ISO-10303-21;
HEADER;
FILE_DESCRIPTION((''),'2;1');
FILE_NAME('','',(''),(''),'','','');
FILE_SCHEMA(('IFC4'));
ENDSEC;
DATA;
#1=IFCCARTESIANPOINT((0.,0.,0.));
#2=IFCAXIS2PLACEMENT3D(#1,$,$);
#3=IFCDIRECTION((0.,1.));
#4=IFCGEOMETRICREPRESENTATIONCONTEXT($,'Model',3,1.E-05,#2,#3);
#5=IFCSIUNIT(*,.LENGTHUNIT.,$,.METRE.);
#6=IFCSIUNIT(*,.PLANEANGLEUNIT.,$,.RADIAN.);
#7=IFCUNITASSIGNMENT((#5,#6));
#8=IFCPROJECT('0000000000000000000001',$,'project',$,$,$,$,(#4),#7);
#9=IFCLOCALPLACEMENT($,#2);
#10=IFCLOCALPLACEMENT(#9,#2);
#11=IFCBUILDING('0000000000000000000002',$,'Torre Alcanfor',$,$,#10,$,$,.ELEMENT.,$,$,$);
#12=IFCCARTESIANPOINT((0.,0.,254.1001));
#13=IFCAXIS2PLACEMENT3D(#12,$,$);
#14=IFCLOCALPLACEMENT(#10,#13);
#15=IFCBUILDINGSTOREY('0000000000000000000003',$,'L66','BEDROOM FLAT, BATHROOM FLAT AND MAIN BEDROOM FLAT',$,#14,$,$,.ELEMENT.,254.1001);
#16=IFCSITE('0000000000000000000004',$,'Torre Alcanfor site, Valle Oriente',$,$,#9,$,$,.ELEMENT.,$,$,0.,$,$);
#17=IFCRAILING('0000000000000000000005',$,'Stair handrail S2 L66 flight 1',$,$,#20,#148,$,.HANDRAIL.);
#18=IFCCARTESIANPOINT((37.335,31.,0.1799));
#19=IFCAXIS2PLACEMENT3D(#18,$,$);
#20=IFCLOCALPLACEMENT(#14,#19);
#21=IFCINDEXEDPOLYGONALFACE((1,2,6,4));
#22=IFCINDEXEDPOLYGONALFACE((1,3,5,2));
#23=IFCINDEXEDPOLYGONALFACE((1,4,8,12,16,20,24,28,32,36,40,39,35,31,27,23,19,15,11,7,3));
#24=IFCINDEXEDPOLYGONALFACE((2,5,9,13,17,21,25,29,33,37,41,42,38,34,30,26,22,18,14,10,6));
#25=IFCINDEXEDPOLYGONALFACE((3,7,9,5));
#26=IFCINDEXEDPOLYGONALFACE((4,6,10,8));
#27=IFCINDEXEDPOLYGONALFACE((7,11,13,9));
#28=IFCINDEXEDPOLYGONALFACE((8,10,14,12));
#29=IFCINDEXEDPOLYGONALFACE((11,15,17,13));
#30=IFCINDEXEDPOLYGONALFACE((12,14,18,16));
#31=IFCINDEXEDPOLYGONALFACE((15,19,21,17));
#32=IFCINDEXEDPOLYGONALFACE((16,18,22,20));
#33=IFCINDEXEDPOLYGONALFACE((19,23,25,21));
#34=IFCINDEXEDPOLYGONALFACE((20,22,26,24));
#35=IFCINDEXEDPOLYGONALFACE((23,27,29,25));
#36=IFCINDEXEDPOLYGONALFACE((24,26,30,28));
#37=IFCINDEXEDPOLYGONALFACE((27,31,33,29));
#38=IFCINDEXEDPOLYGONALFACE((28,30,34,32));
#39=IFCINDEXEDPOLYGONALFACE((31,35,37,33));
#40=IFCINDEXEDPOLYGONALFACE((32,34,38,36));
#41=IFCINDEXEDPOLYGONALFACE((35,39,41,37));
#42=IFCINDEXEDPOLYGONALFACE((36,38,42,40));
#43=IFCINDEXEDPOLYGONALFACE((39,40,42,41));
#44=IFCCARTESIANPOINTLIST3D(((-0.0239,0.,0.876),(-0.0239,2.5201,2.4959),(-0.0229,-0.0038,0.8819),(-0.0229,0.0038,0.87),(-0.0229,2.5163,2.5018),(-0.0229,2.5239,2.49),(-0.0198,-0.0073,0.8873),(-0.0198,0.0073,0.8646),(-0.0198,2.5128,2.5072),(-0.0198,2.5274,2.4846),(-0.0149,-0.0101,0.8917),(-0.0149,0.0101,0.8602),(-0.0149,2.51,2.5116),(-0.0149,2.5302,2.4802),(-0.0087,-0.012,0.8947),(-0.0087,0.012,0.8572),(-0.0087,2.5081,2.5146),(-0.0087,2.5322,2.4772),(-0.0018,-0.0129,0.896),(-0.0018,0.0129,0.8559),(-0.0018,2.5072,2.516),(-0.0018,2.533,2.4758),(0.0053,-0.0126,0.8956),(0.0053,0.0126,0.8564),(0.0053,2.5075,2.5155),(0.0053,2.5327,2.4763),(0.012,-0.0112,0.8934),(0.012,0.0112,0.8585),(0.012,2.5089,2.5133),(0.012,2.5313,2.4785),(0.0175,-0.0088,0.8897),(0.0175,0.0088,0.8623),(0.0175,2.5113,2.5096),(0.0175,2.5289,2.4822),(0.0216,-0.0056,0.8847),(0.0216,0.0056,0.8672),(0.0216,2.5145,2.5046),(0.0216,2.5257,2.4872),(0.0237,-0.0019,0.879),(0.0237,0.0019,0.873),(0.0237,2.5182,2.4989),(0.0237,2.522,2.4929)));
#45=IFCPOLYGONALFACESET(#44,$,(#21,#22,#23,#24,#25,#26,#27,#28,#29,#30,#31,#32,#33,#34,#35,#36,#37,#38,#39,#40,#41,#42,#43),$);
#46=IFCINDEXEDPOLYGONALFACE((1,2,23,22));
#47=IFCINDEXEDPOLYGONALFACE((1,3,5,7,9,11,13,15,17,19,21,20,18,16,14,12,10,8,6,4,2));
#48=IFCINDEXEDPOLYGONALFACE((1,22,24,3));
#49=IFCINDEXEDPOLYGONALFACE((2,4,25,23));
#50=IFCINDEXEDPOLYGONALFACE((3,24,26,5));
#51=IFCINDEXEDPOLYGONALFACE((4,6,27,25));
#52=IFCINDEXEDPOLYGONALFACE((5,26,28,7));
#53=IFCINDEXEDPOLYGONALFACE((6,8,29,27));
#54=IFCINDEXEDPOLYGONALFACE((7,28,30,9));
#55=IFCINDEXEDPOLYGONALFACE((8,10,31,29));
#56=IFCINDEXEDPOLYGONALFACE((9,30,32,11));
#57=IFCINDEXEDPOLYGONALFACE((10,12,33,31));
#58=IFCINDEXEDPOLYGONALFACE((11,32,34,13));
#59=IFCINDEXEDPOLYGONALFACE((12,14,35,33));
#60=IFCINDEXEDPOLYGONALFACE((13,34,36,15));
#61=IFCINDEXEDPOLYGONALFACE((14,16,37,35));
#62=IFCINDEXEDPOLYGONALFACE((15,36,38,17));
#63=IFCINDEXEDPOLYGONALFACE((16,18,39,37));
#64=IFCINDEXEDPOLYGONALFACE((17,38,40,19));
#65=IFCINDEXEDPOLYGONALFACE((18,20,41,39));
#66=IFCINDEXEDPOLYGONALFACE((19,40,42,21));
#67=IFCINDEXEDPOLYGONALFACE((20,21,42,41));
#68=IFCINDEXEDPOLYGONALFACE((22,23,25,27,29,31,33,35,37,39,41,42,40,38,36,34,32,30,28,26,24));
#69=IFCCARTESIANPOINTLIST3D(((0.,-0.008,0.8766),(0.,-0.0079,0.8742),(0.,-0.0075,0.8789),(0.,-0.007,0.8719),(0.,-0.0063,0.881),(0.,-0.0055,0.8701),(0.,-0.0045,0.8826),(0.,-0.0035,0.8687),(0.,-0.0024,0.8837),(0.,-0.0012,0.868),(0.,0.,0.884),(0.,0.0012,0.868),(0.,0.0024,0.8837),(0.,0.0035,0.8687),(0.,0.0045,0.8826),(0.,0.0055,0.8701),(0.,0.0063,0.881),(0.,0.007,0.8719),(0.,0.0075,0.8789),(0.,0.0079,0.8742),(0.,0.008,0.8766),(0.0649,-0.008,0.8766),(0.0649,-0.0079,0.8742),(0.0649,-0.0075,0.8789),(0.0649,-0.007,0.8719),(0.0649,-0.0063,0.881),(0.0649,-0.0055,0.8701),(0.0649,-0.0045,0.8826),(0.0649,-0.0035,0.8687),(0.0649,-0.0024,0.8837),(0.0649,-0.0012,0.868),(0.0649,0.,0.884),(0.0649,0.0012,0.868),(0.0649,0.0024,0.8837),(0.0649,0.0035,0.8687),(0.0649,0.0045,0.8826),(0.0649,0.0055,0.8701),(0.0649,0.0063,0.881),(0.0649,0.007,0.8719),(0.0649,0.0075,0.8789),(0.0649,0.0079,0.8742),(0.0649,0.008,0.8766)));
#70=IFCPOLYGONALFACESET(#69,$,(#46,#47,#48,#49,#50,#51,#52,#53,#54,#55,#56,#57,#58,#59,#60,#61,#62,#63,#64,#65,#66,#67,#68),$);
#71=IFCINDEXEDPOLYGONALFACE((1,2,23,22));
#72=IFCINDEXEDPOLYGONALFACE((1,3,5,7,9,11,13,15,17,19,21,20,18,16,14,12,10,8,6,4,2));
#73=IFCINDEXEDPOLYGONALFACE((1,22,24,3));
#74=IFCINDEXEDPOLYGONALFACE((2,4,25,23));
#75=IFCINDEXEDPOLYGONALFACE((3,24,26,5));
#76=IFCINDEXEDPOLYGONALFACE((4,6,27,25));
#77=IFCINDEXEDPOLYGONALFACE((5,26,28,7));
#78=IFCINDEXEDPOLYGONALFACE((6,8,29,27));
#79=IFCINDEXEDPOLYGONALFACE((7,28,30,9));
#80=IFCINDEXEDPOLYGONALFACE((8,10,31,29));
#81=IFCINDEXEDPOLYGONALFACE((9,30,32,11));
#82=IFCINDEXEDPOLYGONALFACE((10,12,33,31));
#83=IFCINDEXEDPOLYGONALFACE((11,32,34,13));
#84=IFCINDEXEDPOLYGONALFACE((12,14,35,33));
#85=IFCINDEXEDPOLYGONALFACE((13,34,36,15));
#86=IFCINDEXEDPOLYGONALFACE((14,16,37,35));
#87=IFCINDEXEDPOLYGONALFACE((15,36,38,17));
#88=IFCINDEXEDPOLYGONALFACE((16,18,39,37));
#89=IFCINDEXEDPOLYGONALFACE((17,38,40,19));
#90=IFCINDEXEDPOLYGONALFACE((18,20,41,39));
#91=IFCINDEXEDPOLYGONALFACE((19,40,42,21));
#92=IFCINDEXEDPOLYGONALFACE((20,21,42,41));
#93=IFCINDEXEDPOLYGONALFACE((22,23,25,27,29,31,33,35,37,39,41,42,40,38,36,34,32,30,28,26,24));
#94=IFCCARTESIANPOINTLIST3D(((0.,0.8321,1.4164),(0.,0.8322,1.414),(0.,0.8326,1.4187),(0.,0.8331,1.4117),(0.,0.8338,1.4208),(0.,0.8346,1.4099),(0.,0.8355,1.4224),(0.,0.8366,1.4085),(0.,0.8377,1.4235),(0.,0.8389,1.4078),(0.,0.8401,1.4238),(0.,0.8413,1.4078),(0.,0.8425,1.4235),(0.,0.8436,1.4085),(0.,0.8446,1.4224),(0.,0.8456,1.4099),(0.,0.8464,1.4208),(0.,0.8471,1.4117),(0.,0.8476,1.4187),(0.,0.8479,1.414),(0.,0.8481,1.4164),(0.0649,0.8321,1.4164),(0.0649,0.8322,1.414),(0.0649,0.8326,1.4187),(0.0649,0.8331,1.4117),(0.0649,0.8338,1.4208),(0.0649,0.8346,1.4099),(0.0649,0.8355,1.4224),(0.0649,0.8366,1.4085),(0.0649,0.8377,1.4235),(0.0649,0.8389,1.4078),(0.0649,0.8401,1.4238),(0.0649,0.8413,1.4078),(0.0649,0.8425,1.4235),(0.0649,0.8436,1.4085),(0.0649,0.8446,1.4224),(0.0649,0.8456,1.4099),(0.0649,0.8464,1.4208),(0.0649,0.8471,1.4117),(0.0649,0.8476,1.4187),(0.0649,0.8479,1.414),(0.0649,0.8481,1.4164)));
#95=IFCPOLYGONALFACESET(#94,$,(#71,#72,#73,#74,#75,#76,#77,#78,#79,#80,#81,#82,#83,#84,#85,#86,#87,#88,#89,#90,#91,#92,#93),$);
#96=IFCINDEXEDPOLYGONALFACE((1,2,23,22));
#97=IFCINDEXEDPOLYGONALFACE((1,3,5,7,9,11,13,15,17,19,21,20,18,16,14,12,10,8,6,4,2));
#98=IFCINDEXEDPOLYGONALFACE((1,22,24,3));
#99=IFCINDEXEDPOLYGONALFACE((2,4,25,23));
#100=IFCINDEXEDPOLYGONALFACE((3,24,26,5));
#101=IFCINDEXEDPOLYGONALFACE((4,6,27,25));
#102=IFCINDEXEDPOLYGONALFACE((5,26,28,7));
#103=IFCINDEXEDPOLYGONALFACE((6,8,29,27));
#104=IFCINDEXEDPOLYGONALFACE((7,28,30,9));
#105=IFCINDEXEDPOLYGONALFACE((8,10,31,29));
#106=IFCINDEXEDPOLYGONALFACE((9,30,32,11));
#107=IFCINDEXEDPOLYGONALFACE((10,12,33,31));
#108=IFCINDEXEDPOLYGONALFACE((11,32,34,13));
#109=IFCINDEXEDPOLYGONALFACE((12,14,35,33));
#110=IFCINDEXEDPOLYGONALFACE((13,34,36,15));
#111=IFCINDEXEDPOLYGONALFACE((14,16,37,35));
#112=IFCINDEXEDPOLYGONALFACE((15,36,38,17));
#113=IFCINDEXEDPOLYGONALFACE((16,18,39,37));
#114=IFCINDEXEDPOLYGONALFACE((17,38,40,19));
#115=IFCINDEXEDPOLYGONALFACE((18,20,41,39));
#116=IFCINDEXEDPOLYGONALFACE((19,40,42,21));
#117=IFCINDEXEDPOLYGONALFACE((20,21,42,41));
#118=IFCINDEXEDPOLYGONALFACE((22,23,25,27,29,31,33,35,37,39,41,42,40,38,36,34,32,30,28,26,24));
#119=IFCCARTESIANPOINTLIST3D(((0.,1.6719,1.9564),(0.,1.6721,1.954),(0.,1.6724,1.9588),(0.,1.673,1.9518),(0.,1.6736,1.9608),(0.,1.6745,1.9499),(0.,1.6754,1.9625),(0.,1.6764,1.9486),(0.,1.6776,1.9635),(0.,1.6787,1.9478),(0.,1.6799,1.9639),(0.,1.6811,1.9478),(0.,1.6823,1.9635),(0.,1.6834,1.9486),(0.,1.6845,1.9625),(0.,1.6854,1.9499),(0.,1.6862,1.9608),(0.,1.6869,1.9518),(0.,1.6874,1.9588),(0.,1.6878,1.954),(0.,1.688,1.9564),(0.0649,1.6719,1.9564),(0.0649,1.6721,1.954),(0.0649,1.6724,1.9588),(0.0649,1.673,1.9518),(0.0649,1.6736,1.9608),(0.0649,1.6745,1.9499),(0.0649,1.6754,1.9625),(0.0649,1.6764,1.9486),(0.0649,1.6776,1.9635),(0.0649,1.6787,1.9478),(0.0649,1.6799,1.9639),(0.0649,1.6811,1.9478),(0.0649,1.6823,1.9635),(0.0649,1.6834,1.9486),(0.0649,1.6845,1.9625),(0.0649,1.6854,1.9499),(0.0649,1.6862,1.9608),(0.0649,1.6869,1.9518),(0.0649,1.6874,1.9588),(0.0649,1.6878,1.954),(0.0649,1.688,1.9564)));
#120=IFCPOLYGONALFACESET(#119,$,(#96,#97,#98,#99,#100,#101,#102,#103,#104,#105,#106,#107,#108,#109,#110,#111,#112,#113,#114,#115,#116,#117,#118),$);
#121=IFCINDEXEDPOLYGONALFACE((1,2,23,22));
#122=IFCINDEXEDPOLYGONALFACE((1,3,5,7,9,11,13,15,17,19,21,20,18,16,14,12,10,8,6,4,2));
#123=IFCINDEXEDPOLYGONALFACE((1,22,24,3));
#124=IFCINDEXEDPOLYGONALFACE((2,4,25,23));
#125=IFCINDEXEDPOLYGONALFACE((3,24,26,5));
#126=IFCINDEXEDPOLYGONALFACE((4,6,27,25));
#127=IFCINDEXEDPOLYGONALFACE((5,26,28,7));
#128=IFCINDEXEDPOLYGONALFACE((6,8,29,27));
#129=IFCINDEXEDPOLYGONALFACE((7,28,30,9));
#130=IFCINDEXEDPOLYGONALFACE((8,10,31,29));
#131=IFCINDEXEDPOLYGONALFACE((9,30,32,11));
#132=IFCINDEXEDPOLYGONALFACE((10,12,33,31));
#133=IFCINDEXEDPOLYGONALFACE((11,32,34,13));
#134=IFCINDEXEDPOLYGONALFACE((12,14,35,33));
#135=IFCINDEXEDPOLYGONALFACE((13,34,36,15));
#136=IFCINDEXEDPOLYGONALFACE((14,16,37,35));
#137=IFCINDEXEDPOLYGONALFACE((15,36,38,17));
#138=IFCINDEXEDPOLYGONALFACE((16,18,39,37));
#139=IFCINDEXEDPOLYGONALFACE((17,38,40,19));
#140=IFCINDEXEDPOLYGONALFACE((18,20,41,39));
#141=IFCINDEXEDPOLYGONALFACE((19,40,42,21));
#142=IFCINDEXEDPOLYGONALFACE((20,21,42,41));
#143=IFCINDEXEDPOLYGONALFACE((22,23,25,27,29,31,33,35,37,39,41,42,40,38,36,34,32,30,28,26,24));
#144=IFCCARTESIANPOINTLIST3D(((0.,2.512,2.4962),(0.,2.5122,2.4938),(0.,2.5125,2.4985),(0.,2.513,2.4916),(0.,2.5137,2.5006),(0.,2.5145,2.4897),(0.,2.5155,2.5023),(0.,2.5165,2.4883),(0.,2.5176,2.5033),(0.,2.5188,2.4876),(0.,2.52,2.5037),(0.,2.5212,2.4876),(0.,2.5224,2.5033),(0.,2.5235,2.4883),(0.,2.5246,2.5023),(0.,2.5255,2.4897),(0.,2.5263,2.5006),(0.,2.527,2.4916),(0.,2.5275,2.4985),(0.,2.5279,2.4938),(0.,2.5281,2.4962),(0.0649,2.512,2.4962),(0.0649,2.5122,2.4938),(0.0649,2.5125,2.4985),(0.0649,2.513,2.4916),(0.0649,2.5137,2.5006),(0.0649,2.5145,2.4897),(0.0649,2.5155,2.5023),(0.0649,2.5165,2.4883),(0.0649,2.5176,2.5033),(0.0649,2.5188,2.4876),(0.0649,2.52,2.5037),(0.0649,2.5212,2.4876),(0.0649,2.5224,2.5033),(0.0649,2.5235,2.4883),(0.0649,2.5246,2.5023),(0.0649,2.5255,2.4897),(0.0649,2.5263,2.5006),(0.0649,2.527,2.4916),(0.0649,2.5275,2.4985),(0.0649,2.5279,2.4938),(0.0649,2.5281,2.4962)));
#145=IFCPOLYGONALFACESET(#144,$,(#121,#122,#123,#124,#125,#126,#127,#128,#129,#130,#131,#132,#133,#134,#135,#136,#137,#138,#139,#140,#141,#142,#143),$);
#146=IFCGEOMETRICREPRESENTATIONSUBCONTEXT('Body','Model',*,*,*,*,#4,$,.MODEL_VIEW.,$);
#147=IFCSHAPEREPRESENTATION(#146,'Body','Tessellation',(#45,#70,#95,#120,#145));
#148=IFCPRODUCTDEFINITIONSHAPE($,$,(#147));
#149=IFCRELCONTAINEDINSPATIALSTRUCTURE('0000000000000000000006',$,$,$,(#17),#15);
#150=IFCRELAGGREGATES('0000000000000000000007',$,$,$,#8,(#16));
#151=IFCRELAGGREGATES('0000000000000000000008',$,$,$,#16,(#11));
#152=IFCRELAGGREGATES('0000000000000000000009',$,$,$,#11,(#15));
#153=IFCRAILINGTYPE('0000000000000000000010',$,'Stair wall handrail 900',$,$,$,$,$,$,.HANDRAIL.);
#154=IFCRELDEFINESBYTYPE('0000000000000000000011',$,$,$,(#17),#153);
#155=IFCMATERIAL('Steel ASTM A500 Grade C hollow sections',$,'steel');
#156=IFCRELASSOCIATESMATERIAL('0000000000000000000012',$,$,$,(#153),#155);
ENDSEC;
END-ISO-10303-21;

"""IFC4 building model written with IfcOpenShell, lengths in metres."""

from ifc_helpers import new_model, si_unit, direction, frame, origin, origin_2d, place, context, subcontext, project, spatial, circle, extrude, material, type_object, element, save


model = new_model("IFC4")

# Units and contexts
model_context = context("Model", 3, precision=1e-05, world=origin(), true_north=direction((0.0, 1.0)))
body_context = subcontext(model_context, "Body", "Model", "MODEL_VIEW")
ifc_project = project(units=[si_unit("LENGTHUNIT", "METRE"), si_unit("PLANEANGLEUNIT", "RADIAN")], contexts=[model_context])

# Site, building, storey
site_placement = place(None, origin())
site = spatial("IfcSite", under=ifc_project, at=site_placement, Name="Torre Alcanfor site, Valle Oriente", CompositionType="ELEMENT", RefElevation=0.0)
building_placement = place(site_placement, origin())
building = spatial("IfcBuilding", under=site, at=building_placement, Name="Torre Alcanfor", CompositionType="ELEMENT")
storey_placement = place(building_placement, frame((0.0, 0.0, 254.1001)))
storey = spatial("IfcBuildingStorey", under=building, at=storey_placement, Name="L66", Description="BEDROOM FLAT, BATHROOM FLAT AND MAIN BEDROOM FLAT", CompositionType="ELEMENT", Elevation=254.1001)

# Railing
ifc_material_1 = material(Name="Steel ASTM A500 Grade C hollow sections", Category="steel")
railing_type_1 = type_object("IfcRailingType", Name="Stair wall handrail 900", PredefinedType="HANDRAIL", material=ifc_material_1)
railing_1_placement = place(storey_placement, frame((37.335, 31.0, 0.1799)))
element("IfcRailing", 1, at=railing_1_placement, inside=storey, type_object=railing_type_1, Name="Stair handrail S2 L66 flight 1", PredefinedType="HANDRAIL", context=body_context, shape_type="SweptSolid", body=[
    extrude(circle(Radius=0.0239, at=origin_2d()), frame((0.0, 0.0, 0.876), z_axis=(0.0, 0.8412, 0.540725), x_axis=(-1.0, 0.0, 0.0)), (0.0, 0.0, 1.0), 2.9958),
    extrude(circle(Radius=0.0081, at=origin_2d()), frame((0.0, 0.0, 0.876), z_axis=(1.0, 0.0, 0.0), x_axis=(0.0, 0.0, 1.0)), (0.0, 0.0, 1.0), 0.0649),
    extrude(circle(Radius=0.0081, at=origin_2d()), frame((0.0, 0.8401, 1.4158), z_axis=(1.0, 0.0, 0.0), x_axis=(0.0, 0.0, 1.0)), (0.0, 0.0, 1.0), 0.0649),
    extrude(circle(Radius=0.0081, at=origin_2d()), frame((0.0, 1.6799, 1.9558), z_axis=(1.0, 0.0, 0.0), x_axis=(0.0, 0.0, 1.0)), (0.0, 0.0, 1.0), 0.0649),
    extrude(circle(Radius=0.0081, at=origin_2d()), frame((0.0, 2.52, 2.4956), z_axis=(1.0, 0.0, 0.0), x_axis=(0.0, 0.0, 1.0)), (0.0, 0.0, 1.0), 0.0649),
])

save(model, "model.ifc")
